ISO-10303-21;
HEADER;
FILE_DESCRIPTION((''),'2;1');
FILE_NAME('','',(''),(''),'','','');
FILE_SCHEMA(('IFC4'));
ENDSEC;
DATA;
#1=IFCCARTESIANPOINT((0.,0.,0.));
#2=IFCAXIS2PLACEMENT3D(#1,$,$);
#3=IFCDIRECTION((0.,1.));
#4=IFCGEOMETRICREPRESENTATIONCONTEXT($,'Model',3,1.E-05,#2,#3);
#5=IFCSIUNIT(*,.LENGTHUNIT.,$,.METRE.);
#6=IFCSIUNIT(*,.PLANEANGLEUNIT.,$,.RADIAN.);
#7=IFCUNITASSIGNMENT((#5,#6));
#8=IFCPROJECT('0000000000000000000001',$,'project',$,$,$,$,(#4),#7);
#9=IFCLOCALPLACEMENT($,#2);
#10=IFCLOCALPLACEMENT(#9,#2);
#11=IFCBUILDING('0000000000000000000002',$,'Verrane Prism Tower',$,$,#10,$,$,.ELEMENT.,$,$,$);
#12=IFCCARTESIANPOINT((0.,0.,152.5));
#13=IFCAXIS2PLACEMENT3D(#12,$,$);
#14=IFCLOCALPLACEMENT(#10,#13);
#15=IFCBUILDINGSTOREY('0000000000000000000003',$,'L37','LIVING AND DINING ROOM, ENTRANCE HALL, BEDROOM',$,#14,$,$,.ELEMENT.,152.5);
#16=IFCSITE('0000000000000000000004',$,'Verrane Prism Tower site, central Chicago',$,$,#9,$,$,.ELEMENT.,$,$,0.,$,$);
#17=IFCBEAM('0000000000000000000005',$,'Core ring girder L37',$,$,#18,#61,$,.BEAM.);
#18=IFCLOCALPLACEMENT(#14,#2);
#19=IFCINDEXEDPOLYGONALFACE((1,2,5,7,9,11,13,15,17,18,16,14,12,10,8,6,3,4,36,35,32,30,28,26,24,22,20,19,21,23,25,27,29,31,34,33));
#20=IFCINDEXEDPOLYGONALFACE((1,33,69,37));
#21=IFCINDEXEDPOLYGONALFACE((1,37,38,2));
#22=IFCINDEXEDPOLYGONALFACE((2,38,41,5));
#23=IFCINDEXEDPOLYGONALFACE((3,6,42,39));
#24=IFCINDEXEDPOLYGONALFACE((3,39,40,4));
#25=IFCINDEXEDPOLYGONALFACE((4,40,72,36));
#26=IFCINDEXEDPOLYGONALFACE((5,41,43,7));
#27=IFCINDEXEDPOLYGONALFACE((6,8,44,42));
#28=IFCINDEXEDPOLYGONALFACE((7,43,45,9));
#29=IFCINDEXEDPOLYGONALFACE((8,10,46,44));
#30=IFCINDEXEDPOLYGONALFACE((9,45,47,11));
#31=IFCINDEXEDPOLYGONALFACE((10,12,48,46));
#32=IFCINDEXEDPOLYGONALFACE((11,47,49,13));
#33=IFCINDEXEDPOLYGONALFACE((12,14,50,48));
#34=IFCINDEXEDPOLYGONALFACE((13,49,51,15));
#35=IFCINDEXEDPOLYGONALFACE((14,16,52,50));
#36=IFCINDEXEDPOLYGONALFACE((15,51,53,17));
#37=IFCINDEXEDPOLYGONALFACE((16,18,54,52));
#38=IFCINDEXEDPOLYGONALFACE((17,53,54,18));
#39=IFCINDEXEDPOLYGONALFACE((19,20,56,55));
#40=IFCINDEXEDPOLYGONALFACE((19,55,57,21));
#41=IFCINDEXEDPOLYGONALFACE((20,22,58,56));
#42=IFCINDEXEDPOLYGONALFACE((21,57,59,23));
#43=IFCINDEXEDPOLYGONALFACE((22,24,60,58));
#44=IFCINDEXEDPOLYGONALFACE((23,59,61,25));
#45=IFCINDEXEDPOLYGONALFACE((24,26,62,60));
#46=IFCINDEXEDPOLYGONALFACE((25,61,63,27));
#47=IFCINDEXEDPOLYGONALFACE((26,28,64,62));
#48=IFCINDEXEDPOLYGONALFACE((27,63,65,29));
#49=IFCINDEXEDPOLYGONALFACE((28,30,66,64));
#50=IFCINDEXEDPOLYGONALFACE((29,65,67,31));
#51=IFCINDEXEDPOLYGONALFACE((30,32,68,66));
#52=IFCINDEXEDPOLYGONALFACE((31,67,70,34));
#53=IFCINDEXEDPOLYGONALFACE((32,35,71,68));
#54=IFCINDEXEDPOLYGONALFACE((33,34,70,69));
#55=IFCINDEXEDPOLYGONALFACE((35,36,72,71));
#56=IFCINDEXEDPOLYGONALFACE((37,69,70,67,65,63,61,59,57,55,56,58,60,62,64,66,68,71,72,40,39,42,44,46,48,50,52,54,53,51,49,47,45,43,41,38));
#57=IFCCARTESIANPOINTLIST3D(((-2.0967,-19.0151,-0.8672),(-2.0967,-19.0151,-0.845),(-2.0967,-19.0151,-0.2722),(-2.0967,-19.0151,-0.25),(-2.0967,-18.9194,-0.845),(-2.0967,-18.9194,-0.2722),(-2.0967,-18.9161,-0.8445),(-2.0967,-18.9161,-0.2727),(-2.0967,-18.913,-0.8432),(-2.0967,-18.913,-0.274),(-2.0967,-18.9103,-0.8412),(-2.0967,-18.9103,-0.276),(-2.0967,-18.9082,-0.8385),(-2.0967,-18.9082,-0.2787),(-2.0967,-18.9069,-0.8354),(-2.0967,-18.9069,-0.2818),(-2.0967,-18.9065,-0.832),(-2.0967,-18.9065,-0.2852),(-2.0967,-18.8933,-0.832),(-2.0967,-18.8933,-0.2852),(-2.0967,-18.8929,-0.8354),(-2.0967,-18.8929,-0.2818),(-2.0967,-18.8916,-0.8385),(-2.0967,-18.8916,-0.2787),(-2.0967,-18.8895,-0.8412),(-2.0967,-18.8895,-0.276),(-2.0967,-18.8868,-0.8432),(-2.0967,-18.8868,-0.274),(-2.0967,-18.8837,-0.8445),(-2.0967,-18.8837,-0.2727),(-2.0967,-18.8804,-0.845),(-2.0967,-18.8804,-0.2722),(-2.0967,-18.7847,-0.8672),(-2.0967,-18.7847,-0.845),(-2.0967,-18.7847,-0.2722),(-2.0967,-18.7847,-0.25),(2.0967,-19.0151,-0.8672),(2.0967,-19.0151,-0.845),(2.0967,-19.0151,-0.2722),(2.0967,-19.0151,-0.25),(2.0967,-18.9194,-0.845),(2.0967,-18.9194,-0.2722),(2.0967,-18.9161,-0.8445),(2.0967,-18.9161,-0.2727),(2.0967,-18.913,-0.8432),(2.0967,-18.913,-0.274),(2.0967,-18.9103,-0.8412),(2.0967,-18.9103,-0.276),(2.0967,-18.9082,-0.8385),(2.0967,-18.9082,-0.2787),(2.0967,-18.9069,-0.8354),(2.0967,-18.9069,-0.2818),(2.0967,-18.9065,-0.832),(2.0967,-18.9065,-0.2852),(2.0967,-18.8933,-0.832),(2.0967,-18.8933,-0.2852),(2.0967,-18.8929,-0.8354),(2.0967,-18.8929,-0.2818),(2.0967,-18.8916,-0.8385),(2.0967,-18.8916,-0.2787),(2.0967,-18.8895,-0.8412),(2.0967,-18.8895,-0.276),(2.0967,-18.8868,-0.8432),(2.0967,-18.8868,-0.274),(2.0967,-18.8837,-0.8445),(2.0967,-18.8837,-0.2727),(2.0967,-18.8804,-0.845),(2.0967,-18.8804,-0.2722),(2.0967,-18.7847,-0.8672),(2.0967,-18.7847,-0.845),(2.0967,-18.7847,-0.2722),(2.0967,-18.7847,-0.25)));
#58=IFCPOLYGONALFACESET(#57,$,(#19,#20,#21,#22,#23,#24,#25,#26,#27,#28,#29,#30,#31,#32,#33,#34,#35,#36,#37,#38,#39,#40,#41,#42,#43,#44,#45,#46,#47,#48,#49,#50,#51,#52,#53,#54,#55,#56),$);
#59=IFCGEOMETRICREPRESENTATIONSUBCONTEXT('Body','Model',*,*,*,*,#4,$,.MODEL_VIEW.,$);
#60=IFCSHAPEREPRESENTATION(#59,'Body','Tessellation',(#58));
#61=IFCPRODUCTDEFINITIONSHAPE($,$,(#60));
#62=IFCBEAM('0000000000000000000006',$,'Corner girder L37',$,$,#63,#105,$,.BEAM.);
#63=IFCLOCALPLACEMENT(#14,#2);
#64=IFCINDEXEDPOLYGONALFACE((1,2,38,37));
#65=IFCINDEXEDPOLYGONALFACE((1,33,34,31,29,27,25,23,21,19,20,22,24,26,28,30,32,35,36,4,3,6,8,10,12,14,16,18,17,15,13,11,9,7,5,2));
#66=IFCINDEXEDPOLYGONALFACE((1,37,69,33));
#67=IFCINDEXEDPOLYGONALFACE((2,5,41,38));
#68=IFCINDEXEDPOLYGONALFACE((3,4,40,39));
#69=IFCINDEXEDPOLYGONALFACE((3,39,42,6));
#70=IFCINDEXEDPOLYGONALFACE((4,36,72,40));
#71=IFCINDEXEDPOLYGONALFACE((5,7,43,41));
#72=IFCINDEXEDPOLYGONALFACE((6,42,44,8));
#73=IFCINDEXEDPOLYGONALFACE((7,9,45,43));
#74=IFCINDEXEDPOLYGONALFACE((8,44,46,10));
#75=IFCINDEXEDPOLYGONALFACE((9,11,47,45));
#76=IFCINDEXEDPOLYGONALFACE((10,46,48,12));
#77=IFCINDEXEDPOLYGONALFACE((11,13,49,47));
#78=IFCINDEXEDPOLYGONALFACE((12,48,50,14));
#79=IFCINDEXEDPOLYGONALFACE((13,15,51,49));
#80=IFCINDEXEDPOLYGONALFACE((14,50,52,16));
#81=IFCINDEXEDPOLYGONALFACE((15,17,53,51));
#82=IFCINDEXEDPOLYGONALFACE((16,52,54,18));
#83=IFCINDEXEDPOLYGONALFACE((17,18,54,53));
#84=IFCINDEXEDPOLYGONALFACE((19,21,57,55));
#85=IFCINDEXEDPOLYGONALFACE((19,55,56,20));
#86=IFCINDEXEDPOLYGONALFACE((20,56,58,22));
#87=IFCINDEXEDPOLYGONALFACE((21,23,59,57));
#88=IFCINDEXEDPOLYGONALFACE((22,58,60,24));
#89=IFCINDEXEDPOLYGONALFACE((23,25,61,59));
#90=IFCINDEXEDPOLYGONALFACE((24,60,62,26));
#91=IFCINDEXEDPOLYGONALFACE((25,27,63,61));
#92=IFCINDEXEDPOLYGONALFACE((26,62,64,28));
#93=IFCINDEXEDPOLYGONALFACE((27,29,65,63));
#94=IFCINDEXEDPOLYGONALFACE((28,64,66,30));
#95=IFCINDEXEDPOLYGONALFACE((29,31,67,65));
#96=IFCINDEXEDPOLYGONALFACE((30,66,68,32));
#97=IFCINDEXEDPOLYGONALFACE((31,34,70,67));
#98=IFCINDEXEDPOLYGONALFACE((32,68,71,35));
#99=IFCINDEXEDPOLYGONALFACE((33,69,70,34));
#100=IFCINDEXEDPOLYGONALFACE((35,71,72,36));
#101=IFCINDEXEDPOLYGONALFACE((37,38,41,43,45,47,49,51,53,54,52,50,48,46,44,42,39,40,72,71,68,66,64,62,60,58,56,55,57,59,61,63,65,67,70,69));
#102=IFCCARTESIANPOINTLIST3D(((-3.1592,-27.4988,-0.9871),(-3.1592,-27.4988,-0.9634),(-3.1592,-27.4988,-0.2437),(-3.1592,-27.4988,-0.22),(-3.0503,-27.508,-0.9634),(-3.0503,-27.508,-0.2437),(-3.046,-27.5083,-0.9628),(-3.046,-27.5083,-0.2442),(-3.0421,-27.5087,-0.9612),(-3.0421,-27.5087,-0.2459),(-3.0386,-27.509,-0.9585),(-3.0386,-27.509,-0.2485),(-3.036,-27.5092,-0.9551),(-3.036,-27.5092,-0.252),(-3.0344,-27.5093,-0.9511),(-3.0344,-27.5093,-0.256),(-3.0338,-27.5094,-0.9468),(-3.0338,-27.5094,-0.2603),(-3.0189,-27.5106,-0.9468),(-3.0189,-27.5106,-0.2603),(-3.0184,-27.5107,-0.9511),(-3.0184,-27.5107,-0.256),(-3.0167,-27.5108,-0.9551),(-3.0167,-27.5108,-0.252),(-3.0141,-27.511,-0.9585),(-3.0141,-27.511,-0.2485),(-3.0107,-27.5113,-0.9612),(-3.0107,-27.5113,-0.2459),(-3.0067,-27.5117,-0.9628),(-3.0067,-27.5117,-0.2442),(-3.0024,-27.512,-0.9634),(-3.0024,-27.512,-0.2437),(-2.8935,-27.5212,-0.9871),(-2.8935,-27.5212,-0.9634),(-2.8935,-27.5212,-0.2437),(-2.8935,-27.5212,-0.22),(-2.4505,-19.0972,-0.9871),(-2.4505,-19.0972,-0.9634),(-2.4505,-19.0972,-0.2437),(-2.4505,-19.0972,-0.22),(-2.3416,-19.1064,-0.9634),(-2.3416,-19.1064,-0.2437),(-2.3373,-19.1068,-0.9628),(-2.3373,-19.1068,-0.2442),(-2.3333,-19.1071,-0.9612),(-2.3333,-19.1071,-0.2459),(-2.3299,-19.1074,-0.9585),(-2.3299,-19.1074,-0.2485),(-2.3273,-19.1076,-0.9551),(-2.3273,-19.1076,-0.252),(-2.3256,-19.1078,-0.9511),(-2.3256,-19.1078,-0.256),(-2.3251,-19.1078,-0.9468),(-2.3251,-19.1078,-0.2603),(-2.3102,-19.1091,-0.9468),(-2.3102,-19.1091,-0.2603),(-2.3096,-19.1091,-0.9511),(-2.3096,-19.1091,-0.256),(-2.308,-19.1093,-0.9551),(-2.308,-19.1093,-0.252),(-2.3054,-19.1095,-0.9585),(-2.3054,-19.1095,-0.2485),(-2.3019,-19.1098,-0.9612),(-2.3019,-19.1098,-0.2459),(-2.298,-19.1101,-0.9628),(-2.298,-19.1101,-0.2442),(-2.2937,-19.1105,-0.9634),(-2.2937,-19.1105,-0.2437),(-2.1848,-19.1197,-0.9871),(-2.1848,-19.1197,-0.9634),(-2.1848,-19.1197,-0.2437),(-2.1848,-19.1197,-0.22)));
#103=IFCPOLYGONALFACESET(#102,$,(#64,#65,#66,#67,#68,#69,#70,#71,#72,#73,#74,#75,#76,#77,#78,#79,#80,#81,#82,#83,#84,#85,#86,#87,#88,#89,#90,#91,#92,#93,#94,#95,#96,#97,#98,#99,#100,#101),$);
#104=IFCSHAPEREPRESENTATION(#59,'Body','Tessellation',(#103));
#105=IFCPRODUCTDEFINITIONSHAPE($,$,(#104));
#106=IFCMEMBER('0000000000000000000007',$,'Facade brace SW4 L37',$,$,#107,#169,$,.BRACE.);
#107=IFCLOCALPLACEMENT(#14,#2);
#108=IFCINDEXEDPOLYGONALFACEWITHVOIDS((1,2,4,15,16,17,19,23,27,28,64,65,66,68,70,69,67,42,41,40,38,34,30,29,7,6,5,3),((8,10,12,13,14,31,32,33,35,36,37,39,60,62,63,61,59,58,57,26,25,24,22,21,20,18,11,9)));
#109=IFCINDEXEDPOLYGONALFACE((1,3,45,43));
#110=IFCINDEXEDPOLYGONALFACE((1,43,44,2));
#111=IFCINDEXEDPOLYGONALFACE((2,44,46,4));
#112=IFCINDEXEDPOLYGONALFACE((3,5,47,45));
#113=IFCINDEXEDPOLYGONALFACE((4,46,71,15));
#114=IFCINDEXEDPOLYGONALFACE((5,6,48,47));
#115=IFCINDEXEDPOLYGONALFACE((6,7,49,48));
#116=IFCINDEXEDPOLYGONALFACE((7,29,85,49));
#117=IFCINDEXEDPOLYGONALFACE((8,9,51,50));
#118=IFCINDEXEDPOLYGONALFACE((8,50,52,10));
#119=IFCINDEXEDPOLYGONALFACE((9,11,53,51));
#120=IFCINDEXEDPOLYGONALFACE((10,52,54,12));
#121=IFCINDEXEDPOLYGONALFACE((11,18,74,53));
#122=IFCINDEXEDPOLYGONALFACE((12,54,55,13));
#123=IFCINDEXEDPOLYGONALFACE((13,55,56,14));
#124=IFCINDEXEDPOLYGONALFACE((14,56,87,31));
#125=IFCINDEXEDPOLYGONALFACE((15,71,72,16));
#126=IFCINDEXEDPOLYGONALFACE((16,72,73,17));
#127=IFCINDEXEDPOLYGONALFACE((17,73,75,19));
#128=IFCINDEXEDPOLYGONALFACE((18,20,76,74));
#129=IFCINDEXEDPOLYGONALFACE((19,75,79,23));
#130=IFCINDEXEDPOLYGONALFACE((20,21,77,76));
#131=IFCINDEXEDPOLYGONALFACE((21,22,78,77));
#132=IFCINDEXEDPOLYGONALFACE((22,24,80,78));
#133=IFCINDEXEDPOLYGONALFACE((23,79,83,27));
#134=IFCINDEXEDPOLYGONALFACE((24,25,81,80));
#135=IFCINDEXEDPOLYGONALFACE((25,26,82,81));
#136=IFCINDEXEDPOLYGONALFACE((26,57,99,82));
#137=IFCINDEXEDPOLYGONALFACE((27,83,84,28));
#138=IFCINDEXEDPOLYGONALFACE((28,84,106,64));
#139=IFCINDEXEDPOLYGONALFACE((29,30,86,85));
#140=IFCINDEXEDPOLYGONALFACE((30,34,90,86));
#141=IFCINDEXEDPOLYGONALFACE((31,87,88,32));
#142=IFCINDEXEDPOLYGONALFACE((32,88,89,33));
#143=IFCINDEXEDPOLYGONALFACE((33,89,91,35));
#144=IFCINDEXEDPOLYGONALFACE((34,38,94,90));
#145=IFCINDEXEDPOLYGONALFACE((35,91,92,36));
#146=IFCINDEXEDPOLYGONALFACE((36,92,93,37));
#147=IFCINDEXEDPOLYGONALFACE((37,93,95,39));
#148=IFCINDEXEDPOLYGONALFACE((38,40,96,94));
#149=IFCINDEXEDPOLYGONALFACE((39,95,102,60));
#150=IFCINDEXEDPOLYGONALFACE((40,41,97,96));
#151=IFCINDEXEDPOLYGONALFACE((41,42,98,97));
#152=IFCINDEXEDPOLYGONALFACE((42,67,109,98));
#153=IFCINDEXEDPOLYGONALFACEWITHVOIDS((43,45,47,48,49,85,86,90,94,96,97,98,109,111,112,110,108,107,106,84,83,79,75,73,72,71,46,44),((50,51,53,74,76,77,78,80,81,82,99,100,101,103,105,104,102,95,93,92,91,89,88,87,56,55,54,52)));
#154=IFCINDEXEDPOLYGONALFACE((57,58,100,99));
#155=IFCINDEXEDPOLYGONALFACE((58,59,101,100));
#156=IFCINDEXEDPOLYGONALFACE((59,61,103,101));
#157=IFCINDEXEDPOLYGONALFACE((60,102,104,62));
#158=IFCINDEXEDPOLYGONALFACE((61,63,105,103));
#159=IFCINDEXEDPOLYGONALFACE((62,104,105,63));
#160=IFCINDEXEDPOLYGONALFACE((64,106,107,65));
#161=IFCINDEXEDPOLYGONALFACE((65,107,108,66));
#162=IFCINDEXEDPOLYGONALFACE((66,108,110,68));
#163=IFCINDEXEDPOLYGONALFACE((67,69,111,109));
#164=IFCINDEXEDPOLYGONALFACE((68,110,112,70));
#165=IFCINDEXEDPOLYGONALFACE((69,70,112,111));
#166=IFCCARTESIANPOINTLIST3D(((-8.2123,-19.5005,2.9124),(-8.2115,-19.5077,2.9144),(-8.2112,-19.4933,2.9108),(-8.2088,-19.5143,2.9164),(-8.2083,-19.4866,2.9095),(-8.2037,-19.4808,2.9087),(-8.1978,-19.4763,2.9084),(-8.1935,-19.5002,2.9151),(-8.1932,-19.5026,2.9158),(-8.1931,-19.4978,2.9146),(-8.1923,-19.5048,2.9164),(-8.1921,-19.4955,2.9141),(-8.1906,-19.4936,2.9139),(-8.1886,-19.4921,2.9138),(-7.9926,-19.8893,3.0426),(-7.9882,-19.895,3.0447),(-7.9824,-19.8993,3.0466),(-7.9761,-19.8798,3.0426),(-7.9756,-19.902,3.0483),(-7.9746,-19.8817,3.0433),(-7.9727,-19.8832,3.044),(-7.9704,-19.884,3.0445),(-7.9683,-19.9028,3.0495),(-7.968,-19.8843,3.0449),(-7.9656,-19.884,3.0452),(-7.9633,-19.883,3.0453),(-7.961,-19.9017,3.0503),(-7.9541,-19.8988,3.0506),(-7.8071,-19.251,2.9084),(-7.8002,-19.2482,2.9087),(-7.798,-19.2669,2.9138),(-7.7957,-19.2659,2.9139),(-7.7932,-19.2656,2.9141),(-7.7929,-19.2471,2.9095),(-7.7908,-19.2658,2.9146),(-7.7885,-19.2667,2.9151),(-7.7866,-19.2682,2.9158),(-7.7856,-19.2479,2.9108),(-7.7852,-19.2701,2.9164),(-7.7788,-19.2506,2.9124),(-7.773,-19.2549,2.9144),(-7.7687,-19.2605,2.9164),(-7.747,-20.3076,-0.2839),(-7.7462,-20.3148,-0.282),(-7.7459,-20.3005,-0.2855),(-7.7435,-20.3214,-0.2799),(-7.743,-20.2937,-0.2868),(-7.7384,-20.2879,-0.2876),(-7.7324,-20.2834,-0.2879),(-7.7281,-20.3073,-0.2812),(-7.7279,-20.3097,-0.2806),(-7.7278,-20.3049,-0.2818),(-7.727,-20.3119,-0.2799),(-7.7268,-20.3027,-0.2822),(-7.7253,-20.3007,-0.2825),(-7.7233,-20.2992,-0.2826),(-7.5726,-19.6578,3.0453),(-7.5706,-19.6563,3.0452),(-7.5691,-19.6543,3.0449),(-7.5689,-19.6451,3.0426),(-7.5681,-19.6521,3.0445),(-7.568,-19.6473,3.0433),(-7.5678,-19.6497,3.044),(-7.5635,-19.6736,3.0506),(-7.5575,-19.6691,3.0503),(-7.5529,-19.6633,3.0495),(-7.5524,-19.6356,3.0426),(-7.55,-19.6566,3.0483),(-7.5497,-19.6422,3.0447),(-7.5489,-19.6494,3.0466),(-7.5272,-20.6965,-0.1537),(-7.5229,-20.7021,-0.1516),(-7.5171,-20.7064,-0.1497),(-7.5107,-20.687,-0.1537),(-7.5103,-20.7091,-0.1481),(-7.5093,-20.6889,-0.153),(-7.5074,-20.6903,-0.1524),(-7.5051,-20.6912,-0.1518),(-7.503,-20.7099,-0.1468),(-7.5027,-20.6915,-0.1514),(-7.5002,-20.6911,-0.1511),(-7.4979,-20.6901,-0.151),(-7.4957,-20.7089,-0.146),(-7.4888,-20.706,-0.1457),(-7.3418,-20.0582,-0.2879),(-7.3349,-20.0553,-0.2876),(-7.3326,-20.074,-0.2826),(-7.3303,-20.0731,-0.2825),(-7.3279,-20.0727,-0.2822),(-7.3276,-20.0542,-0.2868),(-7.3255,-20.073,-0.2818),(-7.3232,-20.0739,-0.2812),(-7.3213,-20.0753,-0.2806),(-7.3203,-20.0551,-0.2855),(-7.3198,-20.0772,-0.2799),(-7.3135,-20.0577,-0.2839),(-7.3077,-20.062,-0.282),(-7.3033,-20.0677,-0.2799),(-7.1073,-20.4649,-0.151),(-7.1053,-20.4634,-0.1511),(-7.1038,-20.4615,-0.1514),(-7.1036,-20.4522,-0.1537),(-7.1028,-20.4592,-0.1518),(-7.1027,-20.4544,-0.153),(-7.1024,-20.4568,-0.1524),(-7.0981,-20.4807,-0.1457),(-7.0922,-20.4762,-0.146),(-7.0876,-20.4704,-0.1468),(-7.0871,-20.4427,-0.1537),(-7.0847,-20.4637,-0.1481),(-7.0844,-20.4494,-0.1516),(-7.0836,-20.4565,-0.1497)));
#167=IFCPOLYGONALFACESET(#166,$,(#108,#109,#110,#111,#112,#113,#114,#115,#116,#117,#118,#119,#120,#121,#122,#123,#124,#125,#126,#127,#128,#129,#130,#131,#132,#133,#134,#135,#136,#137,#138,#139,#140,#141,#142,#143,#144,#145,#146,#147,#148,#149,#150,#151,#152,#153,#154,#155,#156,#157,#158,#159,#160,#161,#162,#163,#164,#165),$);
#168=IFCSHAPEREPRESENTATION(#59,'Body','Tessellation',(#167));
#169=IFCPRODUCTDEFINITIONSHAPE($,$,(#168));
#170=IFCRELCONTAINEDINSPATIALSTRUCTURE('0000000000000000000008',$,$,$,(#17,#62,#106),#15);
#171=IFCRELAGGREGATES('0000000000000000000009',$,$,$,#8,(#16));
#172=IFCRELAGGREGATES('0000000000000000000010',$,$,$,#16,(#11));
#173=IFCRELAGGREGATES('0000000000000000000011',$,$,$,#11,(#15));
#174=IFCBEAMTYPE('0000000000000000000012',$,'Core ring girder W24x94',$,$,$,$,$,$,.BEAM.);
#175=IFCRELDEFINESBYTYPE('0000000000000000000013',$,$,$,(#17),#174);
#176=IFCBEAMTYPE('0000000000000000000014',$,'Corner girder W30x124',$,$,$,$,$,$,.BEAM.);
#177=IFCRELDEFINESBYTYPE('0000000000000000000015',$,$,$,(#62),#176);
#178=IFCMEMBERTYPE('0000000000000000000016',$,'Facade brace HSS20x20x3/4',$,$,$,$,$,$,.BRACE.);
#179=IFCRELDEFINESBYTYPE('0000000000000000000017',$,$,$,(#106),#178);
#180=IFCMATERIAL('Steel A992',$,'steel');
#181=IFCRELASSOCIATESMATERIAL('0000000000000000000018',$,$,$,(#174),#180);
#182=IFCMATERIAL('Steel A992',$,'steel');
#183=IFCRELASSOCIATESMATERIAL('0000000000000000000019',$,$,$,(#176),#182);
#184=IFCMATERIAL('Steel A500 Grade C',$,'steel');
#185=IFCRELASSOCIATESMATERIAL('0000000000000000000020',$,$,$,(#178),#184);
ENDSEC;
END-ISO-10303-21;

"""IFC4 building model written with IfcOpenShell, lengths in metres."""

from ifc_helpers import new_model, si_unit, direction, frame, origin, origin_2d, place, context, subcontext, project, spatial, hollow_rectangle, i_section, extrude, material, material_profile, profile_set, type_object, element, save


model = new_model("IFC4")

# Units and contexts
model_context = context("Model", 3, precision=1e-05, world=origin(), true_north=direction((0.0, 1.0)))
body_context = subcontext(model_context, "Body", "Model", "MODEL_VIEW")
ifc_project = project(units=[si_unit("LENGTHUNIT", "METRE"), si_unit("PLANEANGLEUNIT", "RADIAN")], contexts=[model_context])

# Site, building, storey
site_placement = place(None, origin())
site = spatial("IfcSite", under=ifc_project, at=site_placement, Name="Verrane Prism Tower site, central Chicago", CompositionType="ELEMENT", RefElevation=0.0)
building_placement = place(site_placement, origin())
building = spatial("IfcBuilding", under=site, at=building_placement, Name="Verrane Prism Tower", CompositionType="ELEMENT")
storey_placement = place(building_placement, frame((0.0, 0.0, 152.5)))
storey = spatial("IfcBuildingStorey", under=building, at=storey_placement, Name="L37", Description="LIVING AND DINING ROOM, ENTRANCE HALL, BEDROOM", CompositionType="ELEMENT", Elevation=152.5)

# Beams
ifc_material_1 = material(Name="Steel A992", Category="steel")
ifc_material_profile_1 = material_profile(ifc_material_1, i_section(OverallWidth=0.2305, OverallDepth=0.6172, WebThickness=0.0132, FlangeThickness=0.0222, FilletRadius=0.0129, at=origin_2d()), Name="W24x94")
ifc_profile_set_1 = profile_set([ifc_material_profile_1], Name="Steel A992")
beam_type_1 = type_object("IfcBeamType", Name="Core ring girder W24x94", PredefinedType="BEAM", material=ifc_profile_set_1)
beam_1_placement = place(storey_placement, frame((-2.0967, -18.8999, -0.5586), z_axis=(1.0, 0.0, 0.0), x_axis=(0.0, 1.0, 0.0)))
element("IfcBeam", 1, at=beam_1_placement, inside=storey, type_object=beam_type_1, Name="Core ring girder L37", PredefinedType="BEAM", context=body_context, shape_type="SweptSolid", body=[
    extrude(i_section(OverallWidth=0.2305, OverallDepth=0.6172, WebThickness=0.0132, FlangeThickness=0.0222, FilletRadius=0.0129, at=origin_2d()), origin(), (0.0, 0.0, 1.0), 4.1934),
])
ifc_material_2 = material(Name="Steel A992", Category="steel")
ifc_material_profile_2 = material_profile(ifc_material_2, i_section(OverallWidth=0.2666, OverallDepth=0.7671, WebThickness=0.0149, FlangeThickness=0.0237, FilletRadius=0.0166, at=origin_2d()), Name="W30x124")
ifc_profile_set_2 = profile_set([ifc_material_profile_2], Name="Steel A992")
beam_type_2 = type_object("IfcBeamType", Name="Corner girder W30x124", PredefinedType="BEAM", material=ifc_profile_set_2)
beam_2_placement = place(storey_placement, frame((-3.0264, -27.51, -0.6035), z_axis=(0.084059, 0.996461, 0.0), x_axis=(-0.996461, 0.084059, 0.0)))
element("IfcBeam", 2, at=beam_2_placement, inside=storey, type_object=beam_type_2, Name="Corner girder L37", PredefinedType="BEAM", context=body_context, shape_type="SweptSolid", body=[
    extrude(i_section(OverallWidth=0.2666, OverallDepth=0.7671, WebThickness=0.0149, FlangeThickness=0.0237, FilletRadius=0.0166, at=origin_2d()), origin(), (0.0, 0.0, 1.0), 8.4314),
])

# Member
ifc_material_3 = material(Name="Steel A500 Grade C", Category="steel")
ifc_material_profile_3 = material_profile(ifc_material_3, hollow_rectangle(XDim=0.5081, YDim=0.5081, WallThickness=0.019, InnerFilletRadius=0.0095, OuterFilletRadius=0.0286, at=origin_2d()), Name="HSS20x20x3/4")
ifc_profile_set_3 = profile_set([ifc_material_profile_3], Name="Steel A500 Grade C")
member_type_1 = type_object("IfcMemberType", Name="Facade brace HSS20x20x3/4", PredefinedType="BRACE", material=ifc_profile_set_3)
member_1_placement = place(storey_placement, frame((-7.4153, -20.3821, -0.2168), z_axis=(-0.139769, 0.242432, 0.960048), x_axis=(-0.866334, -0.499465, 0.0)))
element("IfcMember", 3, at=member_1_placement, inside=storey, type_object=member_type_1, Name="Facade brace SW4 L37", PredefinedType="BRACE", context=body_context, shape_type="SweptSolid", body=[
    extrude(hollow_rectangle(XDim=0.5081, YDim=0.5081, WallThickness=0.019, InnerFilletRadius=0.0095, OuterFilletRadius=0.0286, at=origin_2d()), origin(), (0.0, 0.0, 1.0), 3.3293),
])

save(model, "model.ifc")
